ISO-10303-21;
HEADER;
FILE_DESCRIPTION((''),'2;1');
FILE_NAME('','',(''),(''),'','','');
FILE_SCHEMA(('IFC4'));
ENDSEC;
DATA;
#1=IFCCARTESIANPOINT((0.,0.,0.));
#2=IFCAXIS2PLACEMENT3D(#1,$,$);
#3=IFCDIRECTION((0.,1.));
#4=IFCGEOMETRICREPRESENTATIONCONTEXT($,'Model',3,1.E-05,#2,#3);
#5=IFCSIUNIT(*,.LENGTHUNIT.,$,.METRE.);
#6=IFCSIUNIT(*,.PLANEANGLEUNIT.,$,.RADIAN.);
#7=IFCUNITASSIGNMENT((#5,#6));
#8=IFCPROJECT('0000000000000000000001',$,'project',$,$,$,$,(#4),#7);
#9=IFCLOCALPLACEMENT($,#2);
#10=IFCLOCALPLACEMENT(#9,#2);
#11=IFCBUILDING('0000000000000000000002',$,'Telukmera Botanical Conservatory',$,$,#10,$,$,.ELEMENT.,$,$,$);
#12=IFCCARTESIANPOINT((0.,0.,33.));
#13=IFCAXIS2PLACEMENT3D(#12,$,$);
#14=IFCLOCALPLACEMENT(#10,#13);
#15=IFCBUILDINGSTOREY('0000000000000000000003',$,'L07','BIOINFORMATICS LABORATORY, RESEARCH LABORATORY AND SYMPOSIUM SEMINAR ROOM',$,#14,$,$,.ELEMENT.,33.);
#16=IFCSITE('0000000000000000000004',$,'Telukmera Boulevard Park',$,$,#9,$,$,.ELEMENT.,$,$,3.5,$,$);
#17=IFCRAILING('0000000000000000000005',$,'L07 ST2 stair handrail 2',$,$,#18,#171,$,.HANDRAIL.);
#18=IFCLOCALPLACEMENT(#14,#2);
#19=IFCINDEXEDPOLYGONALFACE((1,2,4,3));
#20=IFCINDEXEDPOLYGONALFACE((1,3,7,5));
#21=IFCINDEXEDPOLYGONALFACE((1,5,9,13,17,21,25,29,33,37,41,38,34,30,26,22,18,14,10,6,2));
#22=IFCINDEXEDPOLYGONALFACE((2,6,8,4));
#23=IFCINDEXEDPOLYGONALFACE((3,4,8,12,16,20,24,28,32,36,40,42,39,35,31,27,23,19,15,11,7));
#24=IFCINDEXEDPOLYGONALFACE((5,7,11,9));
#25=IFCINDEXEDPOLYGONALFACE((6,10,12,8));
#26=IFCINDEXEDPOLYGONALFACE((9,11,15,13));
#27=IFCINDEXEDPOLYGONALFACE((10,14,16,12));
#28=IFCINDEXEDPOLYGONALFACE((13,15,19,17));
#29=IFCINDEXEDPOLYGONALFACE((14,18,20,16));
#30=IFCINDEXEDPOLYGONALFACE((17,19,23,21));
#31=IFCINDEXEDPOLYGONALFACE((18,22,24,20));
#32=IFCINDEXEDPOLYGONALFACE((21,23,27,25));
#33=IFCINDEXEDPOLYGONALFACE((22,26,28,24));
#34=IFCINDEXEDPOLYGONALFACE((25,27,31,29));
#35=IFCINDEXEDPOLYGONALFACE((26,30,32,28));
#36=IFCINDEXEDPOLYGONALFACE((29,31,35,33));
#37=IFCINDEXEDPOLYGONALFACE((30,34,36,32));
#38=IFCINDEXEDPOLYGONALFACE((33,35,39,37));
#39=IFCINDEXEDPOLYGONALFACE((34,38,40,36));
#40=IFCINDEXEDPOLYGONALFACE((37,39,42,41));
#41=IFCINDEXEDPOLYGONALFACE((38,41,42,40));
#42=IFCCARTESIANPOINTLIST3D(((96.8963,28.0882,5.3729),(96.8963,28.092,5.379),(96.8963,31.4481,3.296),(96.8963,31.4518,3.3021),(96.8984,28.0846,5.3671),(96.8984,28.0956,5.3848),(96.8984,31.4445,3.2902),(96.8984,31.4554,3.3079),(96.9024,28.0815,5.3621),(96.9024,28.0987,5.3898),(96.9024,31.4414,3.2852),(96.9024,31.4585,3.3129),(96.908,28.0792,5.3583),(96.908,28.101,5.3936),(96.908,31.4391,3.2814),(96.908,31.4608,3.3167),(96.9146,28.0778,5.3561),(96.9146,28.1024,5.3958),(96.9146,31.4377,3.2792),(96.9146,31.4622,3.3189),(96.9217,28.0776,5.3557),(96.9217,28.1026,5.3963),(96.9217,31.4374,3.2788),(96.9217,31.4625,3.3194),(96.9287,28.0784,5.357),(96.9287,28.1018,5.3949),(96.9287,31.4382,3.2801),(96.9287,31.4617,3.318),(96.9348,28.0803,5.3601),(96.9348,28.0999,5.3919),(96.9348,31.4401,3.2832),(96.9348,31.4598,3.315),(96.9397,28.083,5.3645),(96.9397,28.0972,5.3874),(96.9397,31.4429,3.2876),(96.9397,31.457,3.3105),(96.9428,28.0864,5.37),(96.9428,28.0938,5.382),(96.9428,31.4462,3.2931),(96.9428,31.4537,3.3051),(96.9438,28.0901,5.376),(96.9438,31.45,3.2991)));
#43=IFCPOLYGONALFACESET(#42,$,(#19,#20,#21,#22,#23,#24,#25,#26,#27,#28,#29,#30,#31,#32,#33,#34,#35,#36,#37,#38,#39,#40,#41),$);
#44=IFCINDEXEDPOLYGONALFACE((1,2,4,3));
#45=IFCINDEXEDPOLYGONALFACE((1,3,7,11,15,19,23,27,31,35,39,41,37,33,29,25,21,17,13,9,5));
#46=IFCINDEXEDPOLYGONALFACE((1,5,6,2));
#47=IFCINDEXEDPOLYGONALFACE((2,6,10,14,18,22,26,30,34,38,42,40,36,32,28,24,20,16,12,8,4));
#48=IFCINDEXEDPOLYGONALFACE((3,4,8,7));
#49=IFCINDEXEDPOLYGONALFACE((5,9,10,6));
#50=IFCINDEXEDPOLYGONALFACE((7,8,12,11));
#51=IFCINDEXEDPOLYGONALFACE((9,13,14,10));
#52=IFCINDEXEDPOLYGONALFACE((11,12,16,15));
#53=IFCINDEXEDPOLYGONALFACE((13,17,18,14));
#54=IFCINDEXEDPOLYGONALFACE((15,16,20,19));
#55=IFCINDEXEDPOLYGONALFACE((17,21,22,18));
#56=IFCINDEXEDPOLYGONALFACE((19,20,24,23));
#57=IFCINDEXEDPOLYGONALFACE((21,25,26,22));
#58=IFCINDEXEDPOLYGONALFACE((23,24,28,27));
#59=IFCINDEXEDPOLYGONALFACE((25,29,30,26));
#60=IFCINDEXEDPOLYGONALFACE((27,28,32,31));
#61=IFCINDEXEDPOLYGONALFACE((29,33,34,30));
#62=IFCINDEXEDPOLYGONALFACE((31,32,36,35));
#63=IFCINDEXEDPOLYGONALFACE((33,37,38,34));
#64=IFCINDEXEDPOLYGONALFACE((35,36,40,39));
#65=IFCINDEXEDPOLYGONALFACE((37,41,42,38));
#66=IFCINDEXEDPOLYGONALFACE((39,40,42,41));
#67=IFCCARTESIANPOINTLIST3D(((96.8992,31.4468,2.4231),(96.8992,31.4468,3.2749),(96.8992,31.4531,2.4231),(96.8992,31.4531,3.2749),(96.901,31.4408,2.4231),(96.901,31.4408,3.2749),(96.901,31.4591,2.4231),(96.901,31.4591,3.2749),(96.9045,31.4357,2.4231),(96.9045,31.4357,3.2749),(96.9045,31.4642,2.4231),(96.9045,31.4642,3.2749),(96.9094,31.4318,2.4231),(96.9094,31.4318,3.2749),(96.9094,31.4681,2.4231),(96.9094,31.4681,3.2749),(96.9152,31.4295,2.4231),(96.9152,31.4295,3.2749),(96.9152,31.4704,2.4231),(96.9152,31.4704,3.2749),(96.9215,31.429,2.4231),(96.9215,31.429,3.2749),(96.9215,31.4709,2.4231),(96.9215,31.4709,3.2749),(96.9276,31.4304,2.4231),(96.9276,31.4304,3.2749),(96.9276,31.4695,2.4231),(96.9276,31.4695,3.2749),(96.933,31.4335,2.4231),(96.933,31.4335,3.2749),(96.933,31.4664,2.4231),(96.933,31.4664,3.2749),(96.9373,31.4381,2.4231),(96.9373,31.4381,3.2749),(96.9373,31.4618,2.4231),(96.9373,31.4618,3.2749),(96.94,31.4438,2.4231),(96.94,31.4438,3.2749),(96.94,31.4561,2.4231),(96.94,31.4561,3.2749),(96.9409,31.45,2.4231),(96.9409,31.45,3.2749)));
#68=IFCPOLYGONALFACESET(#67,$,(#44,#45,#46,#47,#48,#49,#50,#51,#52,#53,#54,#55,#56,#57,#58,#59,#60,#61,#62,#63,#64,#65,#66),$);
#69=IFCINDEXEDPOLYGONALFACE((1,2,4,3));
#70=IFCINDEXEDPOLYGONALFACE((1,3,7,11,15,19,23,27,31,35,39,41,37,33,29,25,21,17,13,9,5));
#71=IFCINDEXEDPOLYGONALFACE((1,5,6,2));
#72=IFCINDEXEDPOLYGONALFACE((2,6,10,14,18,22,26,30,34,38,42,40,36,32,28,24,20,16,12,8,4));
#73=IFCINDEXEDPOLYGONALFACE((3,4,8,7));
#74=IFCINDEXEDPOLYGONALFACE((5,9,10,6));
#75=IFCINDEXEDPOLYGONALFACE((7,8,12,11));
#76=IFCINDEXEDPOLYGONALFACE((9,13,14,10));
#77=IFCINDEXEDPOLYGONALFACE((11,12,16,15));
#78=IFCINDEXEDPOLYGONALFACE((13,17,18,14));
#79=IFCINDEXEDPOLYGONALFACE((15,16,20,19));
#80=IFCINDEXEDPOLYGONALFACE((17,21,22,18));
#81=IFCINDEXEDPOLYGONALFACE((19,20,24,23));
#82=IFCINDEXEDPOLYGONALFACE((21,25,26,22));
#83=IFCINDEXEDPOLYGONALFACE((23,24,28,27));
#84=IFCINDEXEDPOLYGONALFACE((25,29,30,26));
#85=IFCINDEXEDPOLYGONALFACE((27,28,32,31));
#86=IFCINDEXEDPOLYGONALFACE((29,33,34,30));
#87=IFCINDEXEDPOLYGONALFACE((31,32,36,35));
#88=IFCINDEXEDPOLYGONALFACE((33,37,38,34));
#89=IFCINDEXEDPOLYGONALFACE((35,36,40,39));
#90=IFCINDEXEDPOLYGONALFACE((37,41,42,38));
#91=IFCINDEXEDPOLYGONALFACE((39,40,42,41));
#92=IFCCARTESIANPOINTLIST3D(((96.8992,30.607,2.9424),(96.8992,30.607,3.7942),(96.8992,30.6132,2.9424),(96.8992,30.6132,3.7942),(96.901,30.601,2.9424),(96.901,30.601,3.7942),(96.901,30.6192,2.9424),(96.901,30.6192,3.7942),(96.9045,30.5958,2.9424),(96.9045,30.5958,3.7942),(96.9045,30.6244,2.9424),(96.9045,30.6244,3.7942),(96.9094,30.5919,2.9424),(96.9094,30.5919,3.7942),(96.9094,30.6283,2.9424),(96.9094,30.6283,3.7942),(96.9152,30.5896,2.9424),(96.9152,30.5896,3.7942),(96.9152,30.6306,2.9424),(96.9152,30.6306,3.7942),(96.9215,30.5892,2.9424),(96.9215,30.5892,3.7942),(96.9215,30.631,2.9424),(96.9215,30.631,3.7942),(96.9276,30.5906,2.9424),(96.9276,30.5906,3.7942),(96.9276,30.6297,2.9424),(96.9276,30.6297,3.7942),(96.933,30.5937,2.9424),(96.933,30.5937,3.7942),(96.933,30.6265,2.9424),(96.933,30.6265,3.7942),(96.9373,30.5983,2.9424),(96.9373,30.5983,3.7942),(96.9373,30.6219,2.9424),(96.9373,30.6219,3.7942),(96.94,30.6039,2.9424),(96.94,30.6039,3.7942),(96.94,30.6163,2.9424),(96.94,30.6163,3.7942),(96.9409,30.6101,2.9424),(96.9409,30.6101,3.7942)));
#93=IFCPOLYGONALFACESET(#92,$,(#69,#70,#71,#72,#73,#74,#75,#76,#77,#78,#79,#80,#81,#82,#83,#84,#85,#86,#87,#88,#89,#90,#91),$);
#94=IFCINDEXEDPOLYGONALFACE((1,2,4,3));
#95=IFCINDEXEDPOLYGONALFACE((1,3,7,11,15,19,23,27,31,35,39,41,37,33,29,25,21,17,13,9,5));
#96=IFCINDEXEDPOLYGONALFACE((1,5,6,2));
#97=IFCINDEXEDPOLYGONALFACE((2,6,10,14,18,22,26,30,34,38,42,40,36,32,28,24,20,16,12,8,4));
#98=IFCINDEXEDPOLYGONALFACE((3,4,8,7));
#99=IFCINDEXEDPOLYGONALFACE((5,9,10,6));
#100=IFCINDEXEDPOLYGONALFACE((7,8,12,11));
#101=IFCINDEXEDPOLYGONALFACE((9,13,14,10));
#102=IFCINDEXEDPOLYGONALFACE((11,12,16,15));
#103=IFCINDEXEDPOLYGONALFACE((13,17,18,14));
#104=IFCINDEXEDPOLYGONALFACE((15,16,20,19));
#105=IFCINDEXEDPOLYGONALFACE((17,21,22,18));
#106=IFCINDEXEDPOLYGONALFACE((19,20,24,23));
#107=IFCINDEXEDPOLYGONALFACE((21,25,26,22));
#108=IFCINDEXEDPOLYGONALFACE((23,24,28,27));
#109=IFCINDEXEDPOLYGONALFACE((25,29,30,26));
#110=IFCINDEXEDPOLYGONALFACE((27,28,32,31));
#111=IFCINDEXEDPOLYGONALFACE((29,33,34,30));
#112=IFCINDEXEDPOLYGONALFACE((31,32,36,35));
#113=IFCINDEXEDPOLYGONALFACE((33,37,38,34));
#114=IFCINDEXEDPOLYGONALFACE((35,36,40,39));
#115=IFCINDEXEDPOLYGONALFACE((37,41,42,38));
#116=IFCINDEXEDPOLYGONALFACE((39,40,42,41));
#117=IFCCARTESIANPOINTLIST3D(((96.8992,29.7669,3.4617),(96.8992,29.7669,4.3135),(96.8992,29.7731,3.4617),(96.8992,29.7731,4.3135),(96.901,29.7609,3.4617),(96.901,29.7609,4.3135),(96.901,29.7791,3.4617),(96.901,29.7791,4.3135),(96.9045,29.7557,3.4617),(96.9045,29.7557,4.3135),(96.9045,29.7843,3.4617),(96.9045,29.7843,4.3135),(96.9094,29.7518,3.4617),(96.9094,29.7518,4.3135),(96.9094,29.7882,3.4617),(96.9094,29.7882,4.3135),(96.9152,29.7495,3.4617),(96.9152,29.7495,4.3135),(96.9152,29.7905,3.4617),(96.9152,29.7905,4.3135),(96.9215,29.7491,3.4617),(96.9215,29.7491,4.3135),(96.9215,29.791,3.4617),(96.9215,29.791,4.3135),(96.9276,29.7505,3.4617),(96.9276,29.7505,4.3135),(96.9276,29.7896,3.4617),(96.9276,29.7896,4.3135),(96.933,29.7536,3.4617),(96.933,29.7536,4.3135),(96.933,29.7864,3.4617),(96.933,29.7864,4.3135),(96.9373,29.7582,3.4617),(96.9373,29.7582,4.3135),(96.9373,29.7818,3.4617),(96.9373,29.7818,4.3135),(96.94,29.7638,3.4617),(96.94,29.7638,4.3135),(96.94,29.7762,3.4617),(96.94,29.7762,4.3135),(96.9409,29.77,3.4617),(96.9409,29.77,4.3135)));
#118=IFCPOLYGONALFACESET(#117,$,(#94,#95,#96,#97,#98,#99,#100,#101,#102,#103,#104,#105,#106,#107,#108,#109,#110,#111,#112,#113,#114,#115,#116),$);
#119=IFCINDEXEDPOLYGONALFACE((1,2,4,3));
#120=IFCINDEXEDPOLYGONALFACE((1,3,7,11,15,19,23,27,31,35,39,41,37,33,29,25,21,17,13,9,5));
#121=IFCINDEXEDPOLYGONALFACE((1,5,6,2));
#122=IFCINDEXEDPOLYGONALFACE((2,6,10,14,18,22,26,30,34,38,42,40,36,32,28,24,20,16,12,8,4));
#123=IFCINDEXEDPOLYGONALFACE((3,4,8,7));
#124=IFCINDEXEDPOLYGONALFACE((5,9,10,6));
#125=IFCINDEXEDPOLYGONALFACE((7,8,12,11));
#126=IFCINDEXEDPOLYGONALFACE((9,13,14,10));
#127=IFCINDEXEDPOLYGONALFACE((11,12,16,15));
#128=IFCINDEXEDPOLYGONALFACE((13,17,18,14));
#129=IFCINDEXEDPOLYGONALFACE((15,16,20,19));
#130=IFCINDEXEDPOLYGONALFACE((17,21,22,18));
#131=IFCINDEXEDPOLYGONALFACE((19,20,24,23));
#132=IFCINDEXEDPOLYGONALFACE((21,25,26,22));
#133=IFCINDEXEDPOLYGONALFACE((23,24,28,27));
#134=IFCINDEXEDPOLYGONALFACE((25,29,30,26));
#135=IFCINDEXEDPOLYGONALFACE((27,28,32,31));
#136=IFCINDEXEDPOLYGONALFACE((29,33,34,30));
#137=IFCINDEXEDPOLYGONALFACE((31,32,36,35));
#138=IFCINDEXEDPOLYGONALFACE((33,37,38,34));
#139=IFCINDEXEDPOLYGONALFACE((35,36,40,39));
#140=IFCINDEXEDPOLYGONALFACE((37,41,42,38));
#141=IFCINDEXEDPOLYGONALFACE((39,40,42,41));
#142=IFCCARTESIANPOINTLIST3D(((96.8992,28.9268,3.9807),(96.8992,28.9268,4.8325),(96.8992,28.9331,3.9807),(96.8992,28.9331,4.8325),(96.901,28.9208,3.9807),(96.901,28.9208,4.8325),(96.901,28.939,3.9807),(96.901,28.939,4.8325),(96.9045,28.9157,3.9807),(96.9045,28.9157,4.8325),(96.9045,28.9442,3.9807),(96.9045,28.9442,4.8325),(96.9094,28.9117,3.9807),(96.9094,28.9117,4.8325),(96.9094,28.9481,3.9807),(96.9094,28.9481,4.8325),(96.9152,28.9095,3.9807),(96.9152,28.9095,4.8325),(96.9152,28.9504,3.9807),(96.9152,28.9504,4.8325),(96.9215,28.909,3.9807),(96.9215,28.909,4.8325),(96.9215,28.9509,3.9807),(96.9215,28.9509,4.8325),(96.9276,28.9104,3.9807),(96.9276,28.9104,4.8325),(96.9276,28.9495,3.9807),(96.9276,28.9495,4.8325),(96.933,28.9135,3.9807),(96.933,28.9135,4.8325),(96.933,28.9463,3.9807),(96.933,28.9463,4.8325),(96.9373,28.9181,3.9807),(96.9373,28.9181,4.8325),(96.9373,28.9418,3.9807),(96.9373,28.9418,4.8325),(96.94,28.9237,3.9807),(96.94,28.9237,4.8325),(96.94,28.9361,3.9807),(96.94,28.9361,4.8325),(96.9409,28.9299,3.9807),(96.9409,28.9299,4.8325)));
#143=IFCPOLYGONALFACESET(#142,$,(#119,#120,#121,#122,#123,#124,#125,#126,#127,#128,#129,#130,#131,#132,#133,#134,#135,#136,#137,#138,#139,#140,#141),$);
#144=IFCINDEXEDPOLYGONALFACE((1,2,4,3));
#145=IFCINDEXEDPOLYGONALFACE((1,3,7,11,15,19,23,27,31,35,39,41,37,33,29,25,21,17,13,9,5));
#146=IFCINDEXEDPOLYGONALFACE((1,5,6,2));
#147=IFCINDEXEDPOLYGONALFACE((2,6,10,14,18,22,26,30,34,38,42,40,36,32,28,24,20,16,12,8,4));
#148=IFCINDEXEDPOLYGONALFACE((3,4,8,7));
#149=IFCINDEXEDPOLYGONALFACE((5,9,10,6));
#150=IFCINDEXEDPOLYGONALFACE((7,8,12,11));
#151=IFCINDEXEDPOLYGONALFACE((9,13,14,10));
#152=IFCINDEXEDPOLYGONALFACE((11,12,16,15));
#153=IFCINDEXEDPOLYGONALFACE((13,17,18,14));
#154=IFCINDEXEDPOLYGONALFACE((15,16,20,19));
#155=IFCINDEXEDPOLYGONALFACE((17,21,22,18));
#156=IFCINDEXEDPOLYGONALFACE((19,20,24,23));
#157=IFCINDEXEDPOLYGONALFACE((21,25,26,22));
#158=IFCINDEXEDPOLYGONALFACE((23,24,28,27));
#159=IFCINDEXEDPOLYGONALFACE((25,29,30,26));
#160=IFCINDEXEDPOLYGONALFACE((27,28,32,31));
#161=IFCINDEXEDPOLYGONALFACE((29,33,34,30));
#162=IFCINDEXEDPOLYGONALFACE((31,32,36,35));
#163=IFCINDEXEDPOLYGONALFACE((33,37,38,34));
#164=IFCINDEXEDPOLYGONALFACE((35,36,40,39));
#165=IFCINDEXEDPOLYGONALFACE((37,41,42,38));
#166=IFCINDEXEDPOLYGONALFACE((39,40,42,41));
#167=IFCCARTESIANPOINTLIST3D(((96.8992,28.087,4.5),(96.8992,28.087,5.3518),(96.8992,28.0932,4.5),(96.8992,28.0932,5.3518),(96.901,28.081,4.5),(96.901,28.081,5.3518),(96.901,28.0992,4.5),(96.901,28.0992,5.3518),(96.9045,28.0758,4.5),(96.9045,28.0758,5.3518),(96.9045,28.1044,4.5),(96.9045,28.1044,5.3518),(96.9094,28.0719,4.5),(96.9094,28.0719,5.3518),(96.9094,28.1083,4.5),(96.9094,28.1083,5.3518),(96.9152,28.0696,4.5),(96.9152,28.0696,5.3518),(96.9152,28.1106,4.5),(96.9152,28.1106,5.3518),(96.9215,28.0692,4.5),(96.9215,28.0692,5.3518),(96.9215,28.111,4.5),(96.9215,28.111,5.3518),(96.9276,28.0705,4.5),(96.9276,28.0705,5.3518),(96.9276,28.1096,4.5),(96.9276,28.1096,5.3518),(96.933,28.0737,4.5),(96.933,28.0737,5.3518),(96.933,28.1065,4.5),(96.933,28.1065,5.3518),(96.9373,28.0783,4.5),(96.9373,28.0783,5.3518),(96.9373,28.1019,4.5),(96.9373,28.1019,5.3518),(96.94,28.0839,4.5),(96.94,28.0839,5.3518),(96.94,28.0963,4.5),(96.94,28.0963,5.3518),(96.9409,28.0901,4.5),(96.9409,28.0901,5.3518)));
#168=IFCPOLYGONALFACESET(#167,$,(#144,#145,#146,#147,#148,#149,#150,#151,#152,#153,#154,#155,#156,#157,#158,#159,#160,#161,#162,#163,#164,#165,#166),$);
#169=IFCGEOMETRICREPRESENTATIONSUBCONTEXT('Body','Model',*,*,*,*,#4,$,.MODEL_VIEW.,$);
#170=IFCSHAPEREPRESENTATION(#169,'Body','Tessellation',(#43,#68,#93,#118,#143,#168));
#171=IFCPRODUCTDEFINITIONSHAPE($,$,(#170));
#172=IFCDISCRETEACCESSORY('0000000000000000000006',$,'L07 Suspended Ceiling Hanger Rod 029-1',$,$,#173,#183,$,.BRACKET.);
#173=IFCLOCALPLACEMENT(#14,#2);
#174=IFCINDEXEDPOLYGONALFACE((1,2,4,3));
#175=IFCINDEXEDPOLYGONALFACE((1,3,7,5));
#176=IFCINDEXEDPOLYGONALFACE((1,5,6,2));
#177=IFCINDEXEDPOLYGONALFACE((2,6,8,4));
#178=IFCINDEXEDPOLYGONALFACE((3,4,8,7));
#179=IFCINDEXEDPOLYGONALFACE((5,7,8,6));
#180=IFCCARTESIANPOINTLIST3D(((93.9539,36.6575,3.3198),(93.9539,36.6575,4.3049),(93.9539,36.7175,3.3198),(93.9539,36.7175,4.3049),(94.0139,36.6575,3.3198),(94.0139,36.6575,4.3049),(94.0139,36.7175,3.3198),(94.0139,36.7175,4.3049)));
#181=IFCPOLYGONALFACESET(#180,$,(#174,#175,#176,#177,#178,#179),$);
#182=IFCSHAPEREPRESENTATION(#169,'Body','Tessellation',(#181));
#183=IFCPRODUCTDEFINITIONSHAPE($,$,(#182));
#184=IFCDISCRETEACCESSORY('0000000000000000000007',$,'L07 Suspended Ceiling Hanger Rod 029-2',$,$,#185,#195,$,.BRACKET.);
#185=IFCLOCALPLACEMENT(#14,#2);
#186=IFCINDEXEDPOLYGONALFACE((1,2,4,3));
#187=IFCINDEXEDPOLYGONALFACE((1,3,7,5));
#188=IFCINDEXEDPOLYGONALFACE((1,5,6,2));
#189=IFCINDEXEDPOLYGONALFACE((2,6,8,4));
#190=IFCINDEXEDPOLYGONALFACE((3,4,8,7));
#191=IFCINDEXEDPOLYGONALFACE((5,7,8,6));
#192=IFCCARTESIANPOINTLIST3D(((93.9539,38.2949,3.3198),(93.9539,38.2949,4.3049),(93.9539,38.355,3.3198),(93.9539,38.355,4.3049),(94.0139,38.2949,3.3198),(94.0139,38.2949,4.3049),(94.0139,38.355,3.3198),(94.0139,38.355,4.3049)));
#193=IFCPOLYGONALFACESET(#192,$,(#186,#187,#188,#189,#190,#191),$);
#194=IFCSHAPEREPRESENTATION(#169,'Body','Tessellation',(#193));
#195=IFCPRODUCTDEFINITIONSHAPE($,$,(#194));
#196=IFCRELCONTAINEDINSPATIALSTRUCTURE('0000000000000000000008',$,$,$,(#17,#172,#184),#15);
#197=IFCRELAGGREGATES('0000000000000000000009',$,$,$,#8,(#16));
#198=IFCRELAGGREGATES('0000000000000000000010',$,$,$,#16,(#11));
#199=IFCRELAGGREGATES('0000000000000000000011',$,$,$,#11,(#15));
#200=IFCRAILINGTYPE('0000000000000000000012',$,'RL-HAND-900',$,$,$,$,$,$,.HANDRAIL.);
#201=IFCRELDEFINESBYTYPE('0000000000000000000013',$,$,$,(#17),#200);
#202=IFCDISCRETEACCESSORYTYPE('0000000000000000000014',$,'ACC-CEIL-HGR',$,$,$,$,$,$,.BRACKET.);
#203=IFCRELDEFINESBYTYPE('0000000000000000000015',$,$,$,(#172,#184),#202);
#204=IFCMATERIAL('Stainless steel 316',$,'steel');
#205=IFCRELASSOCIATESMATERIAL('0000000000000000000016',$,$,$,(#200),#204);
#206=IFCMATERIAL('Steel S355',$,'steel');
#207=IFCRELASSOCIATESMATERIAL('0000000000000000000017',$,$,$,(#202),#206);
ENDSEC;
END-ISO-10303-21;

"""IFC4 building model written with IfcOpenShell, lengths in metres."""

from ifc_helpers import new_model, si_unit, direction, frame, origin, origin_2d, place, context, subcontext, project, spatial, rectangle, circle, extrude, material, type_object, element, save


model = new_model("IFC4")

# Units and contexts
model_context = context("Model", 3, precision=1e-05, world=origin(), true_north=direction((0.0, 1.0)))
body_context = subcontext(model_context, "Body", "Model", "MODEL_VIEW")
ifc_project = project(units=[si_unit("LENGTHUNIT", "METRE"), si_unit("PLANEANGLEUNIT", "RADIAN")], contexts=[model_context])

# Site, building, storey
site_placement = place(None, origin())
site = spatial("IfcSite", under=ifc_project, at=site_placement, Name="Telukmera Boulevard Park", CompositionType="ELEMENT", RefElevation=3.5)
building_placement = place(site_placement, origin())
building = spatial("IfcBuilding", under=site, at=building_placement, Name="Telukmera Botanical Conservatory", CompositionType="ELEMENT")
storey_placement = place(building_placement, frame((0.0, 0.0, 33.0)))
storey = spatial("IfcBuildingStorey", under=building, at=storey_placement, Name="L07", Description="BIOINFORMATICS LABORATORY, RESEARCH LABORATORY AND SYMPOSIUM SEMINAR ROOM", CompositionType="ELEMENT", Elevation=33.0)

# Shared definitions
ifc_material_1 = material(Name="Stainless steel 316", Category="steel")

# Railing
ifc_material_2 = material(Name="Steel S355", Category="steel")
railing_type_1 = type_object("IfcRailingType", Name="RL-HAND-900", PredefinedType="HANDRAIL", material=ifc_material_1)
railing_1_placement = place(storey_placement, frame((96.9199, 31.45, 2.4231)))
element("IfcRailing", 1, at=railing_1_placement, inside=storey, type_object=railing_type_1, Name="L07 ST2 stair handrail 2", PredefinedType="HANDRAIL", context=body_context, shape_type="SweptSolid", body=[
    extrude(circle(Radius=0.0239, at=origin_2d()), frame((0.0, 0.0, 0.876), z_axis=(0.0, -0.850606, 0.525803), x_axis=(1.0, 0.0, 0.0)), (0.0, 0.0, 1.0), 3.95),
    extrude(circle(Radius=0.021, at=origin_2d()), origin(), (0.0, 0.0, 1.0), 0.8518),
    extrude(circle(Radius=0.021, at=origin_2d()), frame((0.0, -0.8398, 0.5193)), (0.0, 0.0, 1.0), 0.8518),
    extrude(circle(Radius=0.021, at=origin_2d()), frame((0.0, -1.6799, 1.0386)), (0.0, 0.0, 1.0), 0.8518),
    extrude(circle(Radius=0.021, at=origin_2d()), frame((0.0, -2.52, 1.5576)), (0.0, 0.0, 1.0), 0.8518),
    extrude(circle(Radius=0.021, at=origin_2d()), frame((0.0, -3.3599, 2.0769)), (0.0, 0.0, 1.0), 0.8518),
])

# Discrete accessories
discrete_accessory_type = type_object("IfcDiscreteAccessoryType", Name="ACC-CEIL-HGR", PredefinedType="BRACKET", material=ifc_material_2)
for number, where, z_axis, x_axis, name in (
    (2, (93.9839, 36.6875, 3.3198), (0.0, 0.0, 1.0), (1.0, 0.0, 0.0), "L07 Suspended Ceiling Hanger Rod 029-1"),
    (3, (93.9839, 38.325, 3.3198), (0.0, 0.0, 1.0), (1.0, 0.0, 0.0), "L07 Suspended Ceiling Hanger Rod 029-2"),
):
    element("IfcDiscreteAccessory", number, at=place(storey_placement, frame(where, z_axis=z_axis, x_axis=x_axis)), inside=storey, type_object=discrete_accessory_type, Name=name, PredefinedType="BRACKET", context=body_context, shape_type="SweptSolid", body=[
        extrude(rectangle(XDim=0.0601, YDim=0.0601, at=origin_2d()), origin(), (0.0, 0.0, 1.0), 0.9851),
    ])

save(model, "model.ifc")
